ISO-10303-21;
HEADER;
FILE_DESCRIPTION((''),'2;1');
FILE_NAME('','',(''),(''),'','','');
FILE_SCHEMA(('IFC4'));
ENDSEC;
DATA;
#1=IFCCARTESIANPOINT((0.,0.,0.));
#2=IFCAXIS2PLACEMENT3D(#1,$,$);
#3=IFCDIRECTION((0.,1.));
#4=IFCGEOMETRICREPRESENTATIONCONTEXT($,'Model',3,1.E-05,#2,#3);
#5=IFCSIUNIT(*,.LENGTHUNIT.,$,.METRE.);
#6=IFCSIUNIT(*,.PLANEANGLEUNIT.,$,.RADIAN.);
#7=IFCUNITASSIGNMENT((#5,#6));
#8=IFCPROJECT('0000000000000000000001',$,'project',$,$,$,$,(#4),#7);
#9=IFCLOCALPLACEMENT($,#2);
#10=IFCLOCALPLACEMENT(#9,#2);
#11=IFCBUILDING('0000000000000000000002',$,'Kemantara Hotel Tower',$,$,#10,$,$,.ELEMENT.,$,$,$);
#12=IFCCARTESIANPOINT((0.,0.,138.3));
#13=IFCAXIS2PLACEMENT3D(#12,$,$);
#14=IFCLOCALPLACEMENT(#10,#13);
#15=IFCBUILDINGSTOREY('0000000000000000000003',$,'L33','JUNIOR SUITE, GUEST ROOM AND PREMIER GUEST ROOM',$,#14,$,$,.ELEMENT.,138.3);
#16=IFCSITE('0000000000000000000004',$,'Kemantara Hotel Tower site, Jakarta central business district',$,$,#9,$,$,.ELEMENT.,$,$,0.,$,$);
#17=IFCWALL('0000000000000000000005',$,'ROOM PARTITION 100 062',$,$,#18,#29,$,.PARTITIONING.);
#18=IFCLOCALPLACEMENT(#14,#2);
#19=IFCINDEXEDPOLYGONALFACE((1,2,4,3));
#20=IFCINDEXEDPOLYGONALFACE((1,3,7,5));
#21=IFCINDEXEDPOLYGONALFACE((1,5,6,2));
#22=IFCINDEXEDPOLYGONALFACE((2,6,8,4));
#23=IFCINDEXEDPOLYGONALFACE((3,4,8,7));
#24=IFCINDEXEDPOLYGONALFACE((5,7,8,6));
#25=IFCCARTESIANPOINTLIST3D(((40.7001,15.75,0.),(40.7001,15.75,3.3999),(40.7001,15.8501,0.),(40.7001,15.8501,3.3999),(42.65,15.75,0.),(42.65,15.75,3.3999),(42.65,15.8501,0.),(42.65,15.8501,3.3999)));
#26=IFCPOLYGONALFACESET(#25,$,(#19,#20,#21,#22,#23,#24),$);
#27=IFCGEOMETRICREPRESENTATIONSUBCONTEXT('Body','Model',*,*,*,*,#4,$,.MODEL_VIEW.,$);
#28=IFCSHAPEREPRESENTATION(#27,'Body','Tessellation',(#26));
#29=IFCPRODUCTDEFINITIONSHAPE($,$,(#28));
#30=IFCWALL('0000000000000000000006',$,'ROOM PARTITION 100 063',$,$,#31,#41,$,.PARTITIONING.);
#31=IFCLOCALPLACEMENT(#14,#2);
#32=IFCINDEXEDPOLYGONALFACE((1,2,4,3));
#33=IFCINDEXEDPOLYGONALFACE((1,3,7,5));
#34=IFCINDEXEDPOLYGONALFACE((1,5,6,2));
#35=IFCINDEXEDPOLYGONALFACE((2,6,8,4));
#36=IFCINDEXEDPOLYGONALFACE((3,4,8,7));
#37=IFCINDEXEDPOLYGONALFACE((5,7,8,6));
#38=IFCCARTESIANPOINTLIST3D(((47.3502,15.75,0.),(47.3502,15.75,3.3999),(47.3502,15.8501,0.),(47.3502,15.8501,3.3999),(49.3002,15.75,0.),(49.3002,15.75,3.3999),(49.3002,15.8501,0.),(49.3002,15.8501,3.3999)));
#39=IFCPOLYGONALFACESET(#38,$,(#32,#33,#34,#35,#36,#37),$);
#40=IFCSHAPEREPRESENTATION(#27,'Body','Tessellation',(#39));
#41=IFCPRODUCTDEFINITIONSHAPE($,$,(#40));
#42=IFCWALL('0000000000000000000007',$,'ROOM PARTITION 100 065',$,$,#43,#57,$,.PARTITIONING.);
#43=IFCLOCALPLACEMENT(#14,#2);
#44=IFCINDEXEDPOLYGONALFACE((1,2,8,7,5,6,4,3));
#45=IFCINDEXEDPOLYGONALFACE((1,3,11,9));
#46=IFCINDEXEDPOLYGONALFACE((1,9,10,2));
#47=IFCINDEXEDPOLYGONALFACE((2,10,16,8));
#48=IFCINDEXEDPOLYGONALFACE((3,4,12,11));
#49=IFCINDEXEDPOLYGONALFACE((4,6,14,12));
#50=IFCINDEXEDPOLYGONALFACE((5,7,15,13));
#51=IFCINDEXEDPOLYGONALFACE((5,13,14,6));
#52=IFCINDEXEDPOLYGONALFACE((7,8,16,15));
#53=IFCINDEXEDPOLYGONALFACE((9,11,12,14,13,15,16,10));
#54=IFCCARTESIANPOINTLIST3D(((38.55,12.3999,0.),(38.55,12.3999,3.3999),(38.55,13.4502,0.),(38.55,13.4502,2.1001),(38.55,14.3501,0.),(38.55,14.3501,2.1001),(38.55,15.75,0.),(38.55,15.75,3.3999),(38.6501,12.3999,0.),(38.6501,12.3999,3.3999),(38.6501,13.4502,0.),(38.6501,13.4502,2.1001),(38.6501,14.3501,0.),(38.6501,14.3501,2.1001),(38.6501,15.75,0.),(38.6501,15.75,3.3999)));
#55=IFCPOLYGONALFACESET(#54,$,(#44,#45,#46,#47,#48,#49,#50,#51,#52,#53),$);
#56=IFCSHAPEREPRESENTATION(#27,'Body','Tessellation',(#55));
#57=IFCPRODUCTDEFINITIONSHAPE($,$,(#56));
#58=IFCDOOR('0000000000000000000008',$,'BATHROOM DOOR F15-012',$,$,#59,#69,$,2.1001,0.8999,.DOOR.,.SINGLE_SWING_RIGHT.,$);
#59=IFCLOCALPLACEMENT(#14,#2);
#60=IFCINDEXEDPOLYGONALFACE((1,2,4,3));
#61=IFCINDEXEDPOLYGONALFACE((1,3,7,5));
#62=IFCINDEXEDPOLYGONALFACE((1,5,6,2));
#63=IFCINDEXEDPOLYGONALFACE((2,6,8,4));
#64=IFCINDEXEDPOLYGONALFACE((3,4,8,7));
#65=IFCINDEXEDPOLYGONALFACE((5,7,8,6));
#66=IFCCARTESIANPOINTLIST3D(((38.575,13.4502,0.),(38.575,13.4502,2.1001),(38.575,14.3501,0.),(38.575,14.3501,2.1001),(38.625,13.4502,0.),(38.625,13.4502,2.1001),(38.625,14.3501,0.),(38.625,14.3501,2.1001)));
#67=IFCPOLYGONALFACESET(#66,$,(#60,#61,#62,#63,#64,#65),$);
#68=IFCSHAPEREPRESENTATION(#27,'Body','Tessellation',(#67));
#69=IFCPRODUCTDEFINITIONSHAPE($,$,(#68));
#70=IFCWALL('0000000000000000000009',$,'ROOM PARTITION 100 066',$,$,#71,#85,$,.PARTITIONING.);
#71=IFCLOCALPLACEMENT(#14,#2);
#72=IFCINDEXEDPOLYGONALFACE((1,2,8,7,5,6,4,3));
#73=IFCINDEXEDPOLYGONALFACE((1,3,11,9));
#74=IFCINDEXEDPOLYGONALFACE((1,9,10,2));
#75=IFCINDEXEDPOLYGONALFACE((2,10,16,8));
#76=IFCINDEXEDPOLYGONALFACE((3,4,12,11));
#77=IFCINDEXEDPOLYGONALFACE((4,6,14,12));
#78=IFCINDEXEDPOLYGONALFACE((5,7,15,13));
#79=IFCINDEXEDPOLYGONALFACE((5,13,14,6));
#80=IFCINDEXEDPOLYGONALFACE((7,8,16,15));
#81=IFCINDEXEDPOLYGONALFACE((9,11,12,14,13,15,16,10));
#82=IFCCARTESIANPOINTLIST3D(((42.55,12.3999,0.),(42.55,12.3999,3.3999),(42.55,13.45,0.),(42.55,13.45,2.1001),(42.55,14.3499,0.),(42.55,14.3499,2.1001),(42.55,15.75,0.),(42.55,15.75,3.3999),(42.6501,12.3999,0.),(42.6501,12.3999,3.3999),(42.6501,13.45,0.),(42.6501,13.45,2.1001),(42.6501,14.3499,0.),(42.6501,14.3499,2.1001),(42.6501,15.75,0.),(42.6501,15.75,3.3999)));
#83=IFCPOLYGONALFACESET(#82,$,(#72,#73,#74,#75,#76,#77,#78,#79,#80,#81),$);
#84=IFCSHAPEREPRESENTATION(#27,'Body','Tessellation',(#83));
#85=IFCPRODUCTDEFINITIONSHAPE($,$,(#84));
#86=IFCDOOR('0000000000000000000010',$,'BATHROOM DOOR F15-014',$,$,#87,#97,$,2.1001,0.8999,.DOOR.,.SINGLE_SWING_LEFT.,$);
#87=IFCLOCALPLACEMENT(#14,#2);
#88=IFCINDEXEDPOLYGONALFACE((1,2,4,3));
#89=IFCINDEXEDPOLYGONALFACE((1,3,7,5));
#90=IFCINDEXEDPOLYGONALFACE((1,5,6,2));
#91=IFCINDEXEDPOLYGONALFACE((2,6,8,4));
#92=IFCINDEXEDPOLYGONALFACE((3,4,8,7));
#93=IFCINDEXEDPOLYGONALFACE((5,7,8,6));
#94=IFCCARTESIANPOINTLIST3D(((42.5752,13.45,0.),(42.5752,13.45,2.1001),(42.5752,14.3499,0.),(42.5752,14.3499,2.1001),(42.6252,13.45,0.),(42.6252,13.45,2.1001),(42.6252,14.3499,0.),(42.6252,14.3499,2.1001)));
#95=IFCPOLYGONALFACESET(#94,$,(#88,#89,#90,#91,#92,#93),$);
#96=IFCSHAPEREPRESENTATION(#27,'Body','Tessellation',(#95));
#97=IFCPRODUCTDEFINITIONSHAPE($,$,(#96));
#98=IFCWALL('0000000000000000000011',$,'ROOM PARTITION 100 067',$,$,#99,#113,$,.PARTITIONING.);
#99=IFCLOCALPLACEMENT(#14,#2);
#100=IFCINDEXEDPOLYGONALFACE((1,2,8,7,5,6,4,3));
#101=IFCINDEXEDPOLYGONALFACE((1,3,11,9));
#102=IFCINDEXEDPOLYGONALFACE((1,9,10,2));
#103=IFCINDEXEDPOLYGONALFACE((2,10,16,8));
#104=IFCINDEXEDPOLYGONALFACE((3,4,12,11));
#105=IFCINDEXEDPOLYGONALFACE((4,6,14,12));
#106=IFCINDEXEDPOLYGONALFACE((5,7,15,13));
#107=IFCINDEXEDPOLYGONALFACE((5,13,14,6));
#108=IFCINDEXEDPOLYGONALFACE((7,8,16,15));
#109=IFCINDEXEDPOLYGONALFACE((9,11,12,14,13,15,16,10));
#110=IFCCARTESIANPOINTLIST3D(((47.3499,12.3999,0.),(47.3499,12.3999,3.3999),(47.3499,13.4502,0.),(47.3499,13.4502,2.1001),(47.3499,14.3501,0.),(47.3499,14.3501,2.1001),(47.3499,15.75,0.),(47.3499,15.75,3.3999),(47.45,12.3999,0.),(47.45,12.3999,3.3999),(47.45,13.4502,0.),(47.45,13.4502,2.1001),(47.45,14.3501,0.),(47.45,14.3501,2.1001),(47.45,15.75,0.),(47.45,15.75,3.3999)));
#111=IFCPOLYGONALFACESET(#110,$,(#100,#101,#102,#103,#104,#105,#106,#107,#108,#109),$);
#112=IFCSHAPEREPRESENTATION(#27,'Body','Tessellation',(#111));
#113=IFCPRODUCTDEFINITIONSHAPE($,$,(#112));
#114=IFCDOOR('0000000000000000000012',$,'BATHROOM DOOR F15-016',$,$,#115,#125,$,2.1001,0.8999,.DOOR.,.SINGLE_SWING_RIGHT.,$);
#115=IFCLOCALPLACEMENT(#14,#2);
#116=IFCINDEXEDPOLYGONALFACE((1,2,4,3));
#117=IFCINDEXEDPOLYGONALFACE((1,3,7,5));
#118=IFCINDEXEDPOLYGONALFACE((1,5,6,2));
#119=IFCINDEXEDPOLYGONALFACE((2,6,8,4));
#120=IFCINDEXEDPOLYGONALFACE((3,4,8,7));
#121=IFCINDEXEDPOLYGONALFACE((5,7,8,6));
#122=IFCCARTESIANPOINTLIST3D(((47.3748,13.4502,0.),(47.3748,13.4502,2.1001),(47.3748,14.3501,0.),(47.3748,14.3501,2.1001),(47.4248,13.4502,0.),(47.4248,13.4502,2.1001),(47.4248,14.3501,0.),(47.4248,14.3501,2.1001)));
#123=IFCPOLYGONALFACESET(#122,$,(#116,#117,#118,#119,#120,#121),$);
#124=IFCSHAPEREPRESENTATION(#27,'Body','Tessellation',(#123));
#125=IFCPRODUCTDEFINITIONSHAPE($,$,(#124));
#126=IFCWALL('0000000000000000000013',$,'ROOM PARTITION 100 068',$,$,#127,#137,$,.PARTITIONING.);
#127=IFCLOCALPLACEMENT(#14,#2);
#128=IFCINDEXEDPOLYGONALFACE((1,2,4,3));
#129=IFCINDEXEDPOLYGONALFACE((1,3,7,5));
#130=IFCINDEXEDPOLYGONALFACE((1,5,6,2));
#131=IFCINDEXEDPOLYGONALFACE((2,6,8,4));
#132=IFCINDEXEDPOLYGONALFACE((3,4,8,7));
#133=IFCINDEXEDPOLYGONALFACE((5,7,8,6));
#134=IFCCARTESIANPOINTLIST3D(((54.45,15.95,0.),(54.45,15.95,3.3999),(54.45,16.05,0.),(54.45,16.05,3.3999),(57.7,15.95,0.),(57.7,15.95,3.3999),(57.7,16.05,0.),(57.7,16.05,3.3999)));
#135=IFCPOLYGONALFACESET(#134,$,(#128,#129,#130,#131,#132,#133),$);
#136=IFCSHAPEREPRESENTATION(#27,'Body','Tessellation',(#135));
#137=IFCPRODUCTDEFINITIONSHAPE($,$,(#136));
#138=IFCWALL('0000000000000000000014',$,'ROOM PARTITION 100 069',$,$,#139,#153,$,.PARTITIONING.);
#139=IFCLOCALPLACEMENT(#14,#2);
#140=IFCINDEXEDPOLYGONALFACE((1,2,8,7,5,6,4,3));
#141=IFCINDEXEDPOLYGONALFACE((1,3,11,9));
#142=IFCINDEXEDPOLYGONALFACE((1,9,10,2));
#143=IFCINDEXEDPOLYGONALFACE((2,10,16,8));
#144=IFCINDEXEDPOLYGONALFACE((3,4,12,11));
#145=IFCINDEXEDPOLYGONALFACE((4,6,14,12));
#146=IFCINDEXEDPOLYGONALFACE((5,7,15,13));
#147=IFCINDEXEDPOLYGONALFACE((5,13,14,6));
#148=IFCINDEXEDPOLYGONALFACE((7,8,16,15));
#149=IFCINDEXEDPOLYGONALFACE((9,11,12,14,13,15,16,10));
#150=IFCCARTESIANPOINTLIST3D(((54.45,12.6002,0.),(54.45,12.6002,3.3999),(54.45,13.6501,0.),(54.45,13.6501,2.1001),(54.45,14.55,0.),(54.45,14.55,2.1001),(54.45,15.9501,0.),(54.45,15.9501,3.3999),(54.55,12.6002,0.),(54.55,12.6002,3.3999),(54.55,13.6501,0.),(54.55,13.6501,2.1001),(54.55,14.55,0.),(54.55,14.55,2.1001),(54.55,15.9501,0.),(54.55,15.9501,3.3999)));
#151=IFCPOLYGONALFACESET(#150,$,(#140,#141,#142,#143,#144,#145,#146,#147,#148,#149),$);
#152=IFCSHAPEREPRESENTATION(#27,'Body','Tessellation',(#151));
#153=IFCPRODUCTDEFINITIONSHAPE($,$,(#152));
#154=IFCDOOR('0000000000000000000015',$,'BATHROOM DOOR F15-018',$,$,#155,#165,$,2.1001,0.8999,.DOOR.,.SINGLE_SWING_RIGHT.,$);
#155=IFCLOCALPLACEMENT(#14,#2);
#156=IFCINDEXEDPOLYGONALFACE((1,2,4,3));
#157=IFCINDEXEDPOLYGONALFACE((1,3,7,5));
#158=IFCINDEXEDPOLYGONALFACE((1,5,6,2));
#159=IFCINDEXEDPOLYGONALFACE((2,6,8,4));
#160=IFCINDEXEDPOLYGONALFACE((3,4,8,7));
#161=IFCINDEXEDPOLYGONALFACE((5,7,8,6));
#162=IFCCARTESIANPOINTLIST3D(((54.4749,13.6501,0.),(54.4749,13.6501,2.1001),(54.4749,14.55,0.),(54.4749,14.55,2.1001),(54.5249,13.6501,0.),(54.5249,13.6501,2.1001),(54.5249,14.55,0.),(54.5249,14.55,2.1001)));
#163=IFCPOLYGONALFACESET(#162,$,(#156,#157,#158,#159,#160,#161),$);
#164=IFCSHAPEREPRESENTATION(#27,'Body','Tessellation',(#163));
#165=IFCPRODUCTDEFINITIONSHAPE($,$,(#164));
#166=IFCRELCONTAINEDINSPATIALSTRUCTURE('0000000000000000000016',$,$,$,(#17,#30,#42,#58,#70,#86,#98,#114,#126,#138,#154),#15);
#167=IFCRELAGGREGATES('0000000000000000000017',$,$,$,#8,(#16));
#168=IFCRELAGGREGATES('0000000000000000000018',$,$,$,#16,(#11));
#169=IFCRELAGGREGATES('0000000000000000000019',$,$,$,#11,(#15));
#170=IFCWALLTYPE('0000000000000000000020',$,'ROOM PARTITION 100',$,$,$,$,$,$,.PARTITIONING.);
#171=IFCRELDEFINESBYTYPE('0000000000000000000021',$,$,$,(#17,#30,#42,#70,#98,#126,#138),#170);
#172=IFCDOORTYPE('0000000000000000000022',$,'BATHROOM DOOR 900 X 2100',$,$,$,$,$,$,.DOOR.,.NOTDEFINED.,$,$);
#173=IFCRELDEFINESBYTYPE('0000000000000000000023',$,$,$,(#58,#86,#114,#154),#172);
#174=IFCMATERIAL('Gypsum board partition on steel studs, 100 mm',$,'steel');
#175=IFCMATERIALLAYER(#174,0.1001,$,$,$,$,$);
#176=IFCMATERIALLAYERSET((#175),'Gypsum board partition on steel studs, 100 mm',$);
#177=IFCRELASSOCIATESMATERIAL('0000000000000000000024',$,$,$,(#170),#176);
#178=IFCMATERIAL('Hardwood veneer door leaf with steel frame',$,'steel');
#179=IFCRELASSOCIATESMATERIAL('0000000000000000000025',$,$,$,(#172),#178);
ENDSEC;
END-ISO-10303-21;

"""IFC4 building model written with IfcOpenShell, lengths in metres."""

from ifc_helpers import new_model, si_unit, direction, frame, frame_2d, origin, place, context, subcontext, project, spatial, rectangle, extrude, material, layer, layer_set, type_object, element, fill, save


model = new_model("IFC4")

# Units and contexts
model_context = context("Model", 3, precision=1e-05, world=origin(), true_north=direction((0.0, 1.0)))
body_context = subcontext(model_context, "Body", "Model", "MODEL_VIEW")
ifc_project = project(units=[si_unit("LENGTHUNIT", "METRE"), si_unit("PLANEANGLEUNIT", "RADIAN")], contexts=[model_context])

# Site, building, storey
site_placement = place(None, origin())
site = spatial("IfcSite", under=ifc_project, at=site_placement, Name="Kemantara Hotel Tower site, Jakarta central business district", CompositionType="ELEMENT", RefElevation=0.0)
building_placement = place(site_placement, origin())
building = spatial("IfcBuilding", under=site, at=building_placement, Name="Kemantara Hotel Tower", CompositionType="ELEMENT")
storey_placement = place(building_placement, frame((0.0, 0.0, 138.3)))
storey = spatial("IfcBuildingStorey", under=building, at=storey_placement, Name="L33", Description="JUNIOR SUITE, GUEST ROOM AND PREMIER GUEST ROOM", CompositionType="ELEMENT", Elevation=138.3)

# Walls
ifc_material_1 = material(Name="Gypsum board partition on steel studs, 100 mm", Category="steel")
ifc_layer_1 = layer(ifc_material_1, 0.1001)
ifc_layer_set_1 = layer_set([ifc_layer_1], Name="Gypsum board partition on steel studs, 100 mm")
wall_type_1 = type_object("IfcWallType", Name="ROOM PARTITION 100", PredefinedType="PARTITIONING", material=ifc_layer_set_1)
for number, where, z_axis, x_axis, name in (
    (1, (40.7, 15.8, 0.0), (0.0, 0.0, 1.0), (1.0, 0.0, 0.0), "ROOM PARTITION 100 062"),
    (2, (47.3501, 15.8, 0.0), (0.0, 0.0, 1.0), (1.0, 0.0, 0.0), "ROOM PARTITION 100 063"),
):
    element("IfcWall", number, at=place(storey_placement, frame(where, z_axis=z_axis, x_axis=x_axis)), inside=storey, type_object=wall_type_1, Name=name, PredefinedType="PARTITIONING", context=body_context, shape_type="SweptSolid", body=[
        extrude(rectangle(XDim=1.95, YDim=0.1001, at=frame_2d((0.9751, 0.0))), origin(), (0.0, 0.0, 1.0), 3.3999),
    ])

# Walls, openings, doors
wall_1_placement = place(storey_placement, frame((38.6001, 15.75, 0.0), z_axis=(0.0, 0.0, 1.0), x_axis=(0.0, -1.0, 0.0)))
wall_1 = element("IfcWall", 3, at=wall_1_placement, inside=storey, type_object=wall_type_1, Name="ROOM PARTITION 100 065", PredefinedType="PARTITIONING", context=body_context, shape_type="SweptSolid", body=[
    extrude(rectangle(XDim=3.3501, YDim=0.1001, at=frame_2d((1.675, 0.0))), origin(), (0.0, 0.0, 1.0), 3.3999),
])
opening_1_placement = place(wall_1_placement, frame((1.3999, 0.0, 0.0)))
opening_1 = element("IfcOpeningElement", 4, at=opening_1_placement, cuts=wall_1, PredefinedType="OPENING", context=body_context, shape_type="SweptSolid", body=[
    extrude(rectangle(XDim=0.8999, YDim=2.1001, at=frame_2d((0.45, 1.05))), frame((0.0, 0.0601, 0.0), z_axis=(0.0, -1.0, 0.0), x_axis=(1.0, 0.0, 0.0)), (0.0, 0.0, 1.0), 0.1201),
])
ifc_material_2 = material(Name="Hardwood veneer door leaf with steel frame", Category="steel")
door_type = type_object("IfcDoorType", Name="BATHROOM DOOR 900 X 2100", OperationType="NOTDEFINED", PredefinedType="DOOR", material=ifc_material_2)
door_1_placement = place(opening_1_placement, origin())
door_1 = element("IfcDoor", 5, at=door_1_placement, inside=storey, type_object=door_type, Name="BATHROOM DOOR F15-012", OperationType="SINGLE_SWING_RIGHT", OverallHeight=2.1001, OverallWidth=0.8999, PredefinedType="DOOR", context=body_context, shape_type="SweptSolid", body=[
    extrude(rectangle(XDim=0.8999, YDim=2.1001, at=frame_2d((0.45, 1.05))), frame((0.0, 0.0249, 0.0), z_axis=(0.0, -1.0, 0.0), x_axis=(1.0, 0.0, 0.0)), (0.0, 0.0, 1.0), 0.05),
])
fill(opening_1, door_1)
wall_2_placement = place(storey_placement, frame((42.6001, 12.3999, 0.0), z_axis=(0.0, 0.0, 1.0), x_axis=(0.0, 1.0, 0.0)))
wall_2 = element("IfcWall", 6, at=wall_2_placement, inside=storey, type_object=wall_type_1, Name="ROOM PARTITION 100 066", PredefinedType="PARTITIONING", context=body_context, shape_type="SweptSolid", body=[
    extrude(rectangle(XDim=3.3501, YDim=0.1001, at=frame_2d((1.675, 0.0))), origin(), (0.0, 0.0, 1.0), 3.3999),
])
opening_2_placement = place(wall_2_placement, frame((1.05, 0.0, 0.0)))
opening_2 = element("IfcOpeningElement", 7, at=opening_2_placement, cuts=wall_2, PredefinedType="OPENING", context=body_context, shape_type="SweptSolid", body=[
    extrude(rectangle(XDim=0.8999, YDim=2.1001, at=frame_2d((0.45, 1.05))), frame((0.0, 0.0601, 0.0), z_axis=(0.0, -1.0, 0.0), x_axis=(1.0, 0.0, 0.0)), (0.0, 0.0, 1.0), 0.1201),
])
door_2_placement = place(opening_2_placement, origin())
door_2 = element("IfcDoor", 8, at=door_2_placement, inside=storey, type_object=door_type, Name="BATHROOM DOOR F15-014", OperationType="SINGLE_SWING_LEFT", OverallHeight=2.1001, OverallWidth=0.8999, PredefinedType="DOOR", context=body_context, shape_type="SweptSolid", body=[
    extrude(rectangle(XDim=0.8999, YDim=2.1001, at=frame_2d((0.45, 1.05))), frame((0.0, 0.0249, 0.0), z_axis=(0.0, -1.0, 0.0), x_axis=(1.0, 0.0, 0.0)), (0.0, 0.0, 1.0), 0.05),
])
fill(opening_2, door_2)
wall_3_placement = place(storey_placement, frame((47.3999, 15.75, 0.0), z_axis=(0.0, 0.0, 1.0), x_axis=(0.0, -1.0, 0.0)))
wall_3 = element("IfcWall", 9, at=wall_3_placement, inside=storey, type_object=wall_type_1, Name="ROOM PARTITION 100 067", PredefinedType="PARTITIONING", context=body_context, shape_type="SweptSolid", body=[
    extrude(rectangle(XDim=3.3501, YDim=0.1001, at=frame_2d((1.675, 0.0))), origin(), (0.0, 0.0, 1.0), 3.3999),
])
opening_3_placement = place(wall_3_placement, frame((1.3999, 0.0, 0.0)))
opening_3 = element("IfcOpeningElement", 10, at=opening_3_placement, cuts=wall_3, PredefinedType="OPENING", context=body_context, shape_type="SweptSolid", body=[
    extrude(rectangle(XDim=0.8999, YDim=2.1001, at=frame_2d((0.45, 1.05))), frame((0.0, 0.0601, 0.0), z_axis=(0.0, -1.0, 0.0), x_axis=(1.0, 0.0, 0.0)), (0.0, 0.0, 1.0), 0.1201),
])
door_3_placement = place(opening_3_placement, origin())
door_3 = element("IfcDoor", 11, at=door_3_placement, inside=storey, type_object=door_type, Name="BATHROOM DOOR F15-016", OperationType="SINGLE_SWING_RIGHT", OverallHeight=2.1001, OverallWidth=0.8999, PredefinedType="DOOR", context=body_context, shape_type="SweptSolid", body=[
    extrude(rectangle(XDim=0.8999, YDim=2.1001, at=frame_2d((0.45, 1.05))), frame((0.0, 0.0249, 0.0), z_axis=(0.0, -1.0, 0.0), x_axis=(1.0, 0.0, 0.0)), (0.0, 0.0, 1.0), 0.05),
])
fill(opening_3, door_3)

# Wall
wall_4_placement = place(storey_placement, frame((54.45, 16.0, 0.0), z_axis=(0.0, 0.0, 1.0), x_axis=(1.0, 0.0, 0.0)))
element("IfcWall", 12, at=wall_4_placement, inside=storey, type_object=wall_type_1, Name="ROOM PARTITION 100 068", PredefinedType="PARTITIONING", context=body_context, shape_type="SweptSolid", body=[
    extrude(rectangle(XDim=3.25, YDim=0.1001, at=frame_2d((1.625, 0.0))), origin(), (0.0, 0.0, 1.0), 3.3999),
])

# Wall, opening, door
wall_5_placement = place(storey_placement, frame((54.5, 15.95, 0.0), z_axis=(0.0, 0.0, 1.0), x_axis=(0.0, -1.0, 0.0)))
wall_5 = element("IfcWall", 13, at=wall_5_placement, inside=storey, type_object=wall_type_1, Name="ROOM PARTITION 100 069", PredefinedType="PARTITIONING", context=body_context, shape_type="SweptSolid", body=[
    extrude(rectangle(XDim=3.3499, YDim=0.1001, at=frame_2d((1.6748, 0.0))), origin(), (0.0, 0.0, 1.0), 3.3999),
])
opening_4_placement = place(wall_5_placement, frame((1.3999, 0.0, 0.0)))
opening_4 = element("IfcOpeningElement", 14, at=opening_4_placement, cuts=wall_5, PredefinedType="OPENING", context=body_context, shape_type="SweptSolid", body=[
    extrude(rectangle(XDim=0.8999, YDim=2.1001, at=frame_2d((0.45, 1.05))), frame((0.0, 0.0601, 0.0), z_axis=(0.0, -1.0, 0.0), x_axis=(1.0, 0.0, 0.0)), (0.0, 0.0, 1.0), 0.1201),
])
door_4_placement = place(opening_4_placement, origin())
door_4 = element("IfcDoor", 15, at=door_4_placement, inside=storey, type_object=door_type, Name="BATHROOM DOOR F15-018", OperationType="SINGLE_SWING_RIGHT", OverallHeight=2.1001, OverallWidth=0.8999, PredefinedType="DOOR", context=body_context, shape_type="SweptSolid", body=[
    extrude(rectangle(XDim=0.8999, YDim=2.1001, at=frame_2d((0.45, 1.05))), frame((0.0, 0.0249, 0.0), z_axis=(0.0, -1.0, 0.0), x_axis=(1.0, 0.0, 0.0)), (0.0, 0.0, 1.0), 0.05),
])
fill(opening_4, door_4)

save(model, "model.ifc")
